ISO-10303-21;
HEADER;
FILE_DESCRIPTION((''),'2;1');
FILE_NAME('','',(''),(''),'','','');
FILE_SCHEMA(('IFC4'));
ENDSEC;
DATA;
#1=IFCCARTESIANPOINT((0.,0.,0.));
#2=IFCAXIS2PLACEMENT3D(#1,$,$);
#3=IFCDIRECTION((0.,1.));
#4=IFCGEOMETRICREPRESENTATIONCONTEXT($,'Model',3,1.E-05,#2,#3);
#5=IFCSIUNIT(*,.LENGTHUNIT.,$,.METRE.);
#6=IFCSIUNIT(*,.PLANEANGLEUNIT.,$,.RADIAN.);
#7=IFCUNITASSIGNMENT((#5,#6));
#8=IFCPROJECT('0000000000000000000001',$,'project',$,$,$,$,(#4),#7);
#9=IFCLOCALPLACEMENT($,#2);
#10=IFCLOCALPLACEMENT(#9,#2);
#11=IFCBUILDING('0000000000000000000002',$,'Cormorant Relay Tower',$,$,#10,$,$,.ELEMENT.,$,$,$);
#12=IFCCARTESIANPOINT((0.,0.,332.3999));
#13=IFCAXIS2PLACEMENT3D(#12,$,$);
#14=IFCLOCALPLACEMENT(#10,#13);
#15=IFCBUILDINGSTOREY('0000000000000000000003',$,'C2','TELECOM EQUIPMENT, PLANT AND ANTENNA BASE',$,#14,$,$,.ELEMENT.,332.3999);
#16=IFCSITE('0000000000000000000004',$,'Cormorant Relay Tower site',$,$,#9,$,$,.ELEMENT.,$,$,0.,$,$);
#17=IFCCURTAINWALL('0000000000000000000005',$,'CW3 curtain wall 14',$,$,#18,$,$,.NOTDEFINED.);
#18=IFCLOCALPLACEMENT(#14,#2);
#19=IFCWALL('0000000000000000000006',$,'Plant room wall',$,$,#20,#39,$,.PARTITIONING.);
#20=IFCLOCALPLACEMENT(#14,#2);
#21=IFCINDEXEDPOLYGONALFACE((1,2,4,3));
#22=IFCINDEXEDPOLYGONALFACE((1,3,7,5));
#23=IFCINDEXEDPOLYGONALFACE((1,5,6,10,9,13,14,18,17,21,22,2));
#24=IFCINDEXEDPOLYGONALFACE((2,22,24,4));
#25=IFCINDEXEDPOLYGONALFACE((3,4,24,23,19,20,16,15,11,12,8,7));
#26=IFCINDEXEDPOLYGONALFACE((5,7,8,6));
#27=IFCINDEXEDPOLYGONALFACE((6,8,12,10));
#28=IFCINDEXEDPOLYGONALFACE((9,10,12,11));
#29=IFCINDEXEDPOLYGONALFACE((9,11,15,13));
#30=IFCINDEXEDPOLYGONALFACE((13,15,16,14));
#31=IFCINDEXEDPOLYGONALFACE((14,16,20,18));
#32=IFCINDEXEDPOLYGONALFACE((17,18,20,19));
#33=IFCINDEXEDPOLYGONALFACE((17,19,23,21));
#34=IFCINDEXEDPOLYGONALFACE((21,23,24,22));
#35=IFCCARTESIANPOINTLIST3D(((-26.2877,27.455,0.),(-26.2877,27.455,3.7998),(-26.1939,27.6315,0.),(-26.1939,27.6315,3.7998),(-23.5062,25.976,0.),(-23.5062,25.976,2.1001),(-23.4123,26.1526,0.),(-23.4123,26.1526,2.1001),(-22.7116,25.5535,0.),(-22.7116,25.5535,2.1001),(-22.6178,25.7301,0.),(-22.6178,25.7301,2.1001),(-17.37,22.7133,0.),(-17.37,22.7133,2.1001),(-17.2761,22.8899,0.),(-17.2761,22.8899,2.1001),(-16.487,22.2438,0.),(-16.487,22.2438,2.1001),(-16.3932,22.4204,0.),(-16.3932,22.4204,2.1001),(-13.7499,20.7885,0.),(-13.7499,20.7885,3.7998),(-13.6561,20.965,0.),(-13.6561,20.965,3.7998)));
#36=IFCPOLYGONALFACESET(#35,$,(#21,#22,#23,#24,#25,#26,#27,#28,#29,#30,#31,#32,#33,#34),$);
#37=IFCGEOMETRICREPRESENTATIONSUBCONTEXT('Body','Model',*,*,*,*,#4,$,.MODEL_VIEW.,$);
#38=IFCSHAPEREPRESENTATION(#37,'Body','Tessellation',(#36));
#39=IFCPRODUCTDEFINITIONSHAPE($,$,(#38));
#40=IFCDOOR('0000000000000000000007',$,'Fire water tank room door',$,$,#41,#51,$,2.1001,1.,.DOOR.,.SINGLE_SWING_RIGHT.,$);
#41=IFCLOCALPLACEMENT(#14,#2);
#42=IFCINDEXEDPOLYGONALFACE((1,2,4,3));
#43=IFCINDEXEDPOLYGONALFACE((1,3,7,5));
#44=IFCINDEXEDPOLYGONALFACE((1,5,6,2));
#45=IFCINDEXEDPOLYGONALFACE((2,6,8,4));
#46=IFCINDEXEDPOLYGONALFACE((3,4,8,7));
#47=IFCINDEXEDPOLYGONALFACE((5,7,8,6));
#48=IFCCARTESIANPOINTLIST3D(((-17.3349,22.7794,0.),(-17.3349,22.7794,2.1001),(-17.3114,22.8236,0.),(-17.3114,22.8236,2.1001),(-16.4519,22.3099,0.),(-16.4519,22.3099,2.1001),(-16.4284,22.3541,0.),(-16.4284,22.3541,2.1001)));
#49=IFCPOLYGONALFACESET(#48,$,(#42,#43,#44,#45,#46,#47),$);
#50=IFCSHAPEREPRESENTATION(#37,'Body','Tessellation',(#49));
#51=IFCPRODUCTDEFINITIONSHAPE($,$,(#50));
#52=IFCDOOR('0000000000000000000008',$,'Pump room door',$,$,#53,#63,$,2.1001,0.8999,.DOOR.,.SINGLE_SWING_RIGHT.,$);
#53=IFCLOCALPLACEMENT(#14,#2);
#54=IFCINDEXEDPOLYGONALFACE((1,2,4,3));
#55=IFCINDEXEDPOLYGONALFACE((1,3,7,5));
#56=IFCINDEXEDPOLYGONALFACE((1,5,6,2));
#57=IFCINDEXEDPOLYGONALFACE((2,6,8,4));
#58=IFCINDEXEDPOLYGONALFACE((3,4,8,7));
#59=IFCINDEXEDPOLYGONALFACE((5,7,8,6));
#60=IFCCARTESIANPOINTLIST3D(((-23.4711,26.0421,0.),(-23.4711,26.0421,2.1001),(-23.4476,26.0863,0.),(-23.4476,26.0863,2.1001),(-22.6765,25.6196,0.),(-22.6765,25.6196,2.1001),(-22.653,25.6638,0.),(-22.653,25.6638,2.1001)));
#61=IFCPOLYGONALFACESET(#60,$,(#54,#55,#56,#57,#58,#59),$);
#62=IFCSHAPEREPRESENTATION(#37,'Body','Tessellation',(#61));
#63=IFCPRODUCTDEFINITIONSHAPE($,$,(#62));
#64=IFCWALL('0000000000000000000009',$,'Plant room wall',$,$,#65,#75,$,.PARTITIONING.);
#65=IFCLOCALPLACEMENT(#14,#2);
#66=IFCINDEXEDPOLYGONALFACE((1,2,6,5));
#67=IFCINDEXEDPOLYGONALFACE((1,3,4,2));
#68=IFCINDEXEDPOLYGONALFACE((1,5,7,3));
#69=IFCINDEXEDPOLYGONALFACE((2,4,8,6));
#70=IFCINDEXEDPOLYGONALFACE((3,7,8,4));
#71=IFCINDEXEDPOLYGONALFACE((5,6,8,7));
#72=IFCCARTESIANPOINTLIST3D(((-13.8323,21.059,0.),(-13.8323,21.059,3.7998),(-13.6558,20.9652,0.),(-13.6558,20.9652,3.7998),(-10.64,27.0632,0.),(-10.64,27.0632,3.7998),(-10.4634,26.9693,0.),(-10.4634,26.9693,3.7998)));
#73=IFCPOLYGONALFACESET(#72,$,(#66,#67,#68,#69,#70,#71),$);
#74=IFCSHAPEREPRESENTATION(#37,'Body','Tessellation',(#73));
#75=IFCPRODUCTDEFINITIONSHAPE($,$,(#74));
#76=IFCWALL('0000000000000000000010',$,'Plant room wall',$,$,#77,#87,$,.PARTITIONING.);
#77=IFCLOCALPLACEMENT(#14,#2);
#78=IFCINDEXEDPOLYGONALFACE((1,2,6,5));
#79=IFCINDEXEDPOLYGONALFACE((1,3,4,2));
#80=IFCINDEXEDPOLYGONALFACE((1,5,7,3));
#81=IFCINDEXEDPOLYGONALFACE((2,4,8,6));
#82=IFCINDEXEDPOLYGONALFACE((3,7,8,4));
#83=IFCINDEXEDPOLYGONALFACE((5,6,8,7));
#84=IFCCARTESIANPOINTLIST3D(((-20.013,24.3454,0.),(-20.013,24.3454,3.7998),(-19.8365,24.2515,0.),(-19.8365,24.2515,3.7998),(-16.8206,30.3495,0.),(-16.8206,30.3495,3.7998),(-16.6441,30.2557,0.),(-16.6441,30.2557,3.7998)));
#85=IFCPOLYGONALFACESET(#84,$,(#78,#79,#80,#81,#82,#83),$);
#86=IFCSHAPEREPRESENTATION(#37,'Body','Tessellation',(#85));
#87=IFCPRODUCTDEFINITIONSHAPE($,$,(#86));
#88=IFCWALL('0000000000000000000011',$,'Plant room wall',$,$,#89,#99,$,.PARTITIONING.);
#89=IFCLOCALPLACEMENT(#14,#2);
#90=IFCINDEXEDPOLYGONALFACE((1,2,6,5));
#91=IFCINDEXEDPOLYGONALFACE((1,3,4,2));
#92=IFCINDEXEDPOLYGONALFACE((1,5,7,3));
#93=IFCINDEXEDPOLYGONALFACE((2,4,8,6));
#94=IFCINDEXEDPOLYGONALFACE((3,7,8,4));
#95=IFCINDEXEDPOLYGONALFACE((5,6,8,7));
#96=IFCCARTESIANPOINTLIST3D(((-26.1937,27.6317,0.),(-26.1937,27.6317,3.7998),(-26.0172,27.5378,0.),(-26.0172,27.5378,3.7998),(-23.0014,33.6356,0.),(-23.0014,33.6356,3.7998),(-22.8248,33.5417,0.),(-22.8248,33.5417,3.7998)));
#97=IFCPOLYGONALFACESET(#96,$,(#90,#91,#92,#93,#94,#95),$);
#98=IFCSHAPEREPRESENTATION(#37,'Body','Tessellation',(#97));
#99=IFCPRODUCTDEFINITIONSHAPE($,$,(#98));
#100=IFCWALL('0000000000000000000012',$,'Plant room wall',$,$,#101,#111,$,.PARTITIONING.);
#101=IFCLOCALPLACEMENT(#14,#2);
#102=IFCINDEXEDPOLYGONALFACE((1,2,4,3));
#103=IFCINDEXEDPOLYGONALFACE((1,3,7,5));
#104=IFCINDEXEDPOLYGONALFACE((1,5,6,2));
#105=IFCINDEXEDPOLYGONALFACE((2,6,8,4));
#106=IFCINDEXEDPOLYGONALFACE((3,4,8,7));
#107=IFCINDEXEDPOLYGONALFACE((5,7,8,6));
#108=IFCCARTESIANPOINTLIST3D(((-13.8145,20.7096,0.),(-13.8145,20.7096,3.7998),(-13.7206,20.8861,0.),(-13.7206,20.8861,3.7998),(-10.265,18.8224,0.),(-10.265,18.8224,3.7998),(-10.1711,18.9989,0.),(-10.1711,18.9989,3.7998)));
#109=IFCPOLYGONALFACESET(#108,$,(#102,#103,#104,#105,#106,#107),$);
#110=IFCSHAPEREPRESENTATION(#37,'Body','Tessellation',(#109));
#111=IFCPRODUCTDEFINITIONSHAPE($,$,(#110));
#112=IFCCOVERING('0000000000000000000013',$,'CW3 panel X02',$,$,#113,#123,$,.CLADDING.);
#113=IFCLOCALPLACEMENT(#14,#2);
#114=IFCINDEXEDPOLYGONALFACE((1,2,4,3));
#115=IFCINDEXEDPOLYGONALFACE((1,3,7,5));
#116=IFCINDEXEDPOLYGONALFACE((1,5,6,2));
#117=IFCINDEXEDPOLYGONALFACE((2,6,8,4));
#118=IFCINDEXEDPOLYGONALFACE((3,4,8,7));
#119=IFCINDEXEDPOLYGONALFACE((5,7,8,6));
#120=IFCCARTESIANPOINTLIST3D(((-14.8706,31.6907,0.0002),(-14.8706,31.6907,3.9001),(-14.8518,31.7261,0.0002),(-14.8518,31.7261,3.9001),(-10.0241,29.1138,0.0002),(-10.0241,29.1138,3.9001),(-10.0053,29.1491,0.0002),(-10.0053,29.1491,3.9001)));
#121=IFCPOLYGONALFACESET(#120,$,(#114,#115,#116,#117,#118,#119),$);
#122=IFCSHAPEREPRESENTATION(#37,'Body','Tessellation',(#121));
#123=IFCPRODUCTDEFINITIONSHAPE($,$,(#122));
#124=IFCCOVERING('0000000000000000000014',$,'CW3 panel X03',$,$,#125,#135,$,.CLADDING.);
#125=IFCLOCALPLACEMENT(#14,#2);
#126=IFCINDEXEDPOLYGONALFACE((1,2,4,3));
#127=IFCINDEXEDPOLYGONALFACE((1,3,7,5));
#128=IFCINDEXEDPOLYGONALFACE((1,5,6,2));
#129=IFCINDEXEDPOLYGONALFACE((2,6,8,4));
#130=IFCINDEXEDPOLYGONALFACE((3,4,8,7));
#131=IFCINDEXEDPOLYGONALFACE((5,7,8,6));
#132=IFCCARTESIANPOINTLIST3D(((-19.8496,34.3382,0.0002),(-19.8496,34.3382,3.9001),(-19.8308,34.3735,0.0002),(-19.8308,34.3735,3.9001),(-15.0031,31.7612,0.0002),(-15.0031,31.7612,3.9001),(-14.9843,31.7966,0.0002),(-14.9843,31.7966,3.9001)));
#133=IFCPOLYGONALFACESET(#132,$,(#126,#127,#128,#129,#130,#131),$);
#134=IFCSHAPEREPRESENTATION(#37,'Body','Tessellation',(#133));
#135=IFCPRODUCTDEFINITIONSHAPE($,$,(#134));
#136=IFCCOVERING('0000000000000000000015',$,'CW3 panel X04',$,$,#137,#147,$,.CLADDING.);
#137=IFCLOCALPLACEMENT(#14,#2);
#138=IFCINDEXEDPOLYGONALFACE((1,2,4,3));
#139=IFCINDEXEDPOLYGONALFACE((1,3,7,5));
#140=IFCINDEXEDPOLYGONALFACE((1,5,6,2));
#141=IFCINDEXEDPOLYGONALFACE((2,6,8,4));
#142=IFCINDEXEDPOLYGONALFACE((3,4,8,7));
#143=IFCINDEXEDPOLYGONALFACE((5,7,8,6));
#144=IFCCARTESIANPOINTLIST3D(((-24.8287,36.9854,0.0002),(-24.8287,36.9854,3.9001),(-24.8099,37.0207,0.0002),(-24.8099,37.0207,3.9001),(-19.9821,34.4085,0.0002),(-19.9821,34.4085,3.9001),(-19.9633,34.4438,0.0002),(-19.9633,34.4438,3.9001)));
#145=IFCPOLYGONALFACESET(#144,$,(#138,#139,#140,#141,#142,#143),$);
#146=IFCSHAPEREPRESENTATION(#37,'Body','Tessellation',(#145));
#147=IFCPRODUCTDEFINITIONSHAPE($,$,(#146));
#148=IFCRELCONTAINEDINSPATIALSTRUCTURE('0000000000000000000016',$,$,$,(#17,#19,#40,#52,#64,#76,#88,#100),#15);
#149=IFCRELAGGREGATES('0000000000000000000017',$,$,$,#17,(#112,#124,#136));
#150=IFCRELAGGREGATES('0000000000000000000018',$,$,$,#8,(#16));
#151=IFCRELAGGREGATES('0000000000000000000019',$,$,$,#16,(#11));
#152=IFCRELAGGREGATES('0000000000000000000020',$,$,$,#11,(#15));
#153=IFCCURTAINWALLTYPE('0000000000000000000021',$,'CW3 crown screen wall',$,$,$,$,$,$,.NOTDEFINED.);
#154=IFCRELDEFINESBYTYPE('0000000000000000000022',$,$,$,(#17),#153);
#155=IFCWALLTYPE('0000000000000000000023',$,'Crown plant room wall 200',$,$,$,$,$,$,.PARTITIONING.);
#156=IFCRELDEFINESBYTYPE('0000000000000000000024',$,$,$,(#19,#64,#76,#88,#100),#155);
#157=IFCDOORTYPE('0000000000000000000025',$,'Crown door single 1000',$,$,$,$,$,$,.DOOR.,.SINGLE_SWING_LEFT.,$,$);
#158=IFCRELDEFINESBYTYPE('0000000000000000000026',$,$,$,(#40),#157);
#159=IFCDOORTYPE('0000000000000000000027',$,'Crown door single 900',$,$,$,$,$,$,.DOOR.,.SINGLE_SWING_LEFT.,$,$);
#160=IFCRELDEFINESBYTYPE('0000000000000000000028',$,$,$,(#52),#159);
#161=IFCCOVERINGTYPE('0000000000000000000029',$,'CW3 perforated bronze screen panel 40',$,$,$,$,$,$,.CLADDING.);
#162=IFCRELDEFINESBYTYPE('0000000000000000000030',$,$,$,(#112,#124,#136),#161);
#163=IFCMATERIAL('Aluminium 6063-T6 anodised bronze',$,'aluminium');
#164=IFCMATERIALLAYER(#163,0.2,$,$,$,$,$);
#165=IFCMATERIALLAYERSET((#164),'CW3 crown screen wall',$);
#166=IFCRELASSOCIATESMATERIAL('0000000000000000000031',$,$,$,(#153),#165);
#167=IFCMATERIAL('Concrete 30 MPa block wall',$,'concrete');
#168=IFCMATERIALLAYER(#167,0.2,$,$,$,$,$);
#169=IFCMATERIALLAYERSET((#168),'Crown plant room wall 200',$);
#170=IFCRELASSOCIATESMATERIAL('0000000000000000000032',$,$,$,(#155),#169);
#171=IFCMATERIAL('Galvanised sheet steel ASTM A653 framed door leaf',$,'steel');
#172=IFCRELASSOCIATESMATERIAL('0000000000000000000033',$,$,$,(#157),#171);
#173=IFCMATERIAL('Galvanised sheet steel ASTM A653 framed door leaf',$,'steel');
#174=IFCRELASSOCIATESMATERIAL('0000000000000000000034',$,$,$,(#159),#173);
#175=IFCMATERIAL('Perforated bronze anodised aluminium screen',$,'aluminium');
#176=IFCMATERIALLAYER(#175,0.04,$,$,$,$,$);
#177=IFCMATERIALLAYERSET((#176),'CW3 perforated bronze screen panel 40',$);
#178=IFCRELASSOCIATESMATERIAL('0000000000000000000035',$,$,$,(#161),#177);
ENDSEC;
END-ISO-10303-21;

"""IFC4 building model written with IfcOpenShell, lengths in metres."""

from ifc_helpers import new_model, si_unit, direction, frame, frame_2d, origin, origin_2d, place, context, subcontext, project, spatial, rectangle, extrude, material, layer, layer_set, type_object, element, fill, aggregate, save


model = new_model("IFC4")

# Units and contexts
model_context = context("Model", 3, precision=1e-05, world=origin(), true_north=direction((0.0, 1.0)))
body_context = subcontext(model_context, "Body", "Model", "MODEL_VIEW")
ifc_project = project(units=[si_unit("LENGTHUNIT", "METRE"), si_unit("PLANEANGLEUNIT", "RADIAN")], contexts=[model_context])

# Site, building, storey
site_placement = place(None, origin())
site = spatial("IfcSite", under=ifc_project, at=site_placement, Name="Cormorant Relay Tower site", CompositionType="ELEMENT", RefElevation=0.0)
building_placement = place(site_placement, origin())
building = spatial("IfcBuilding", under=site, at=building_placement, Name="Cormorant Relay Tower", CompositionType="ELEMENT")
storey_placement = place(building_placement, frame((0.0, 0.0, 332.3999)))
storey = spatial("IfcBuildingStorey", under=building, at=storey_placement, Name="C2", Description="TELECOM EQUIPMENT, PLANT AND ANTENNA BASE", CompositionType="ELEMENT", Elevation=332.3999)

# Curtain wall
ifc_material_1 = material(Name="Aluminium 6063-T6 anodised bronze", Category="aluminium")
ifc_layer_1 = layer(ifc_material_1, 0.2)
ifc_layer_set_1 = layer_set([ifc_layer_1], Name="CW3 crown screen wall")
curtain_wall_type = type_object("IfcCurtainWallType", Name="CW3 crown screen wall", PredefinedType="NOTDEFINED", material=ifc_layer_set_1)
curtain_wall_placement = place(storey_placement, origin())
curtain_wall = element("IfcCurtainWall", 1, at=curtain_wall_placement, inside=storey, type_object=curtain_wall_type, Name="CW3 curtain wall 14", PredefinedType="NOTDEFINED")

# Shared definitions
ifc_material_2 = material(Name="Concrete 30 MPa block wall", Category="concrete")
ifc_layer_2 = layer(ifc_material_2, 0.2)
ifc_layer_set_2 = layer_set([ifc_layer_2], Name="Crown plant room wall 200")
wall_type_1 = type_object("IfcWallType", Name="Crown plant room wall 200", PredefinedType="PARTITIONING", material=ifc_layer_set_2)

# Wall, openings, doors
wall_1_placement = place(storey_placement, frame((-13.7029, 20.8767, 0.0), z_axis=(0.0, 0.0, 1.0), x_axis=(-0.882947, 0.469472, 0.0)))
wall_1 = element("IfcWall", 2, at=wall_1_placement, inside=storey, type_object=wall_type_1, Name="Plant room wall", PredefinedType="PARTITIONING", context=body_context, shape_type="SweptSolid", body=[
    extrude(rectangle(XDim=14.2, YDim=0.2, at=frame_2d((7.1001, 0.0))), origin(), (0.0, 0.0, 1.0), 3.7998),
])
opening_1_placement = place(wall_1_placement, frame((3.1001, 0.0, 0.0)))
opening_1 = element("IfcOpeningElement", 3, at=opening_1_placement, cuts=wall_1, PredefinedType="OPENING", context=body_context, shape_type="SweptSolid", body=[
    extrude(rectangle(XDim=1.0, YDim=2.1001, at=frame_2d((0.5, 1.05))), frame((0.0, 0.1099, 0.0), z_axis=(0.0, -1.0, 0.0), x_axis=(1.0, 0.0, 0.0)), (0.0, 0.0, 1.0), 0.22),
])
opening_2_placement = place(wall_1_placement, frame((10.1499, 0.0, 0.0)))
opening_2 = element("IfcOpeningElement", 4, at=opening_2_placement, cuts=wall_1, PredefinedType="OPENING", context=body_context, shape_type="SweptSolid", body=[
    extrude(rectangle(XDim=0.8999, YDim=2.1001, at=frame_2d((0.45, 1.05))), frame((0.0, 0.1099, 0.0), z_axis=(0.0, -1.0, 0.0), x_axis=(1.0, 0.0, 0.0)), (0.0, 0.0, 1.0), 0.22),
])
ifc_material_3 = material(Name="Galvanised sheet steel ASTM A653 framed door leaf", Category="steel")
door_type_1 = type_object("IfcDoorType", Name="Crown door single 1000", OperationType="SINGLE_SWING_LEFT", PredefinedType="DOOR", material=ifc_material_3)
door_1_placement = place(opening_1_placement, frame((1.0, 0.0, 0.0), z_axis=(0.0, 0.0, 1.0), x_axis=(-1.0, 0.0, 0.0)))
door_1 = element("IfcDoor", 5, at=door_1_placement, inside=storey, type_object=door_type_1, Name="Fire water tank room door", OperationType="SINGLE_SWING_RIGHT", OverallHeight=2.1001, OverallWidth=1.0, PredefinedType="DOOR", context=body_context, shape_type="SweptSolid", body=[
    extrude(rectangle(XDim=1.0, YDim=2.1001, at=frame_2d((0.5, 1.05))), frame((0.0, 0.0249, 0.0), z_axis=(0.0, -1.0, 0.0), x_axis=(1.0, 0.0, 0.0)), (0.0, 0.0, 1.0), 0.05),
])
fill(opening_1, door_1)
ifc_material_4 = material(Name="Galvanised sheet steel ASTM A653 framed door leaf", Category="steel")
door_type_2 = type_object("IfcDoorType", Name="Crown door single 900", OperationType="SINGLE_SWING_LEFT", PredefinedType="DOOR", material=ifc_material_4)
door_2_placement = place(opening_2_placement, frame((0.8999, 0.0, 0.0), z_axis=(0.0, 0.0, 1.0), x_axis=(-1.0, 0.0, 0.0)))
door_2 = element("IfcDoor", 6, at=door_2_placement, inside=storey, type_object=door_type_2, Name="Pump room door", OperationType="SINGLE_SWING_RIGHT", OverallHeight=2.1001, OverallWidth=0.8999, PredefinedType="DOOR", context=body_context, shape_type="SweptSolid", body=[
    extrude(rectangle(XDim=0.8999, YDim=2.1001, at=frame_2d((0.45, 1.05))), frame((0.0, 0.0249, 0.0), z_axis=(0.0, -1.0, 0.0), x_axis=(1.0, 0.0, 0.0)), (0.0, 0.0, 1.0), 0.05),
])
fill(opening_2, door_2)

# Walls
for number, where, z_axis, x_axis, name in (
    (7, (-10.5518, 27.0161, 0.0), (0.0, 0.0, 1.0), (-0.469462, -0.882953, 0.0), "Plant room wall"),
    (8, (-16.7324, 30.3025, 0.0), (0.0, 0.0, 1.0), (-0.469462, -0.882953, 0.0), "Plant room wall"),
):
    element("IfcWall", number, at=place(storey_placement, frame(where, z_axis=z_axis, x_axis=x_axis)), inside=storey, type_object=wall_type_1, Name=name, PredefinedType="PARTITIONING", context=body_context, shape_type="SweptSolid", body=[
        extrude(rectangle(XDim=6.8, YDim=0.2, at=frame_2d((3.3999, 0.0))), origin(), (0.0, 0.0, 1.0), 3.7998),
    ])
wall_2_placement = place(storey_placement, frame((-22.9131, 33.5886, 0.0), z_axis=(0.0, 0.0, 1.0), x_axis=(-0.469477, -0.882945, 0.0)))
element("IfcWall", 9, at=wall_2_placement, inside=storey, type_object=wall_type_1, Name="Plant room wall", PredefinedType="PARTITIONING", context=body_context, shape_type="SweptSolid", body=[
    extrude(rectangle(XDim=6.7998, YDim=0.2, at=frame_2d((3.3999, 0.0))), origin(), (0.0, 0.0, 1.0), 3.7998),
])
wall_3_placement = place(storey_placement, frame((-13.7676, 20.7979, 0.0), z_axis=(0.0, 0.0, 1.0), x_axis=(0.882961, -0.469447, 0.0)))
element("IfcWall", 10, at=wall_3_placement, inside=storey, type_object=wall_type_1, Name="Plant room wall", PredefinedType="PARTITIONING", context=body_context, shape_type="SweptSolid", body=[
    extrude(rectangle(XDim=4.02, YDim=0.2, at=frame_2d((2.01, 0.0))), origin(), (0.0, 0.0, 1.0), 3.7998),
])

# Coverings
ifc_material_5 = material(Name="Perforated bronze anodised aluminium screen", Category="aluminium")
ifc_layer_3 = layer(ifc_material_5, 0.04)
ifc_layer_set_3 = layer_set([ifc_layer_3], Name="CW3 perforated bronze screen panel 40")
covering_type = type_object("IfcCoveringType", Name="CW3 perforated bronze screen panel 40", PredefinedType="CLADDING", material=ifc_layer_set_3)
covering_1_placement = place(storey_placement, frame((-12.438, 30.4199, 0.0002), z_axis=(0.0, 0.0, 1.0), x_axis=(-0.882948, 0.469472, 0.0)))
covering_1 = element("IfcCovering", 11, at=covering_1_placement, type_object=covering_type, Name="CW3 panel X02", PredefinedType="CLADDING", context=body_context, shape_type="SweptSolid", body=[
    extrude(rectangle(XDim=5.489, YDim=0.04, at=origin_2d()), origin(), (0.0, 0.0, 1.0), 3.8999),
])
covering_2_placement = place(storey_placement, frame((-17.417, 33.0674, 0.0002), z_axis=(0.0, 0.0, 1.0), x_axis=(-0.882948, 0.469472, 0.0)))
covering_2 = element("IfcCovering", 12, at=covering_2_placement, type_object=covering_type, Name="CW3 panel X03", PredefinedType="CLADDING", context=body_context, shape_type="SweptSolid", body=[
    extrude(rectangle(XDim=5.489, YDim=0.04, at=origin_2d()), origin(), (0.0, 0.0, 1.0), 3.8999),
])
covering_3_placement = place(storey_placement, frame((-22.396, 35.7146, 0.0002), z_axis=(0.0, 0.0, 1.0), x_axis=(-0.882948, 0.469472, 0.0)))
covering_3 = element("IfcCovering", 13, at=covering_3_placement, type_object=covering_type, Name="CW3 panel X04", PredefinedType="CLADDING", context=body_context, shape_type="SweptSolid", body=[
    extrude(rectangle(XDim=5.489, YDim=0.04, at=origin_2d()), origin(), (0.0, 0.0, 1.0), 3.8999),
])
aggregate(curtain_wall, [covering_1, covering_2, covering_3])

save(model, "model.ifc")
